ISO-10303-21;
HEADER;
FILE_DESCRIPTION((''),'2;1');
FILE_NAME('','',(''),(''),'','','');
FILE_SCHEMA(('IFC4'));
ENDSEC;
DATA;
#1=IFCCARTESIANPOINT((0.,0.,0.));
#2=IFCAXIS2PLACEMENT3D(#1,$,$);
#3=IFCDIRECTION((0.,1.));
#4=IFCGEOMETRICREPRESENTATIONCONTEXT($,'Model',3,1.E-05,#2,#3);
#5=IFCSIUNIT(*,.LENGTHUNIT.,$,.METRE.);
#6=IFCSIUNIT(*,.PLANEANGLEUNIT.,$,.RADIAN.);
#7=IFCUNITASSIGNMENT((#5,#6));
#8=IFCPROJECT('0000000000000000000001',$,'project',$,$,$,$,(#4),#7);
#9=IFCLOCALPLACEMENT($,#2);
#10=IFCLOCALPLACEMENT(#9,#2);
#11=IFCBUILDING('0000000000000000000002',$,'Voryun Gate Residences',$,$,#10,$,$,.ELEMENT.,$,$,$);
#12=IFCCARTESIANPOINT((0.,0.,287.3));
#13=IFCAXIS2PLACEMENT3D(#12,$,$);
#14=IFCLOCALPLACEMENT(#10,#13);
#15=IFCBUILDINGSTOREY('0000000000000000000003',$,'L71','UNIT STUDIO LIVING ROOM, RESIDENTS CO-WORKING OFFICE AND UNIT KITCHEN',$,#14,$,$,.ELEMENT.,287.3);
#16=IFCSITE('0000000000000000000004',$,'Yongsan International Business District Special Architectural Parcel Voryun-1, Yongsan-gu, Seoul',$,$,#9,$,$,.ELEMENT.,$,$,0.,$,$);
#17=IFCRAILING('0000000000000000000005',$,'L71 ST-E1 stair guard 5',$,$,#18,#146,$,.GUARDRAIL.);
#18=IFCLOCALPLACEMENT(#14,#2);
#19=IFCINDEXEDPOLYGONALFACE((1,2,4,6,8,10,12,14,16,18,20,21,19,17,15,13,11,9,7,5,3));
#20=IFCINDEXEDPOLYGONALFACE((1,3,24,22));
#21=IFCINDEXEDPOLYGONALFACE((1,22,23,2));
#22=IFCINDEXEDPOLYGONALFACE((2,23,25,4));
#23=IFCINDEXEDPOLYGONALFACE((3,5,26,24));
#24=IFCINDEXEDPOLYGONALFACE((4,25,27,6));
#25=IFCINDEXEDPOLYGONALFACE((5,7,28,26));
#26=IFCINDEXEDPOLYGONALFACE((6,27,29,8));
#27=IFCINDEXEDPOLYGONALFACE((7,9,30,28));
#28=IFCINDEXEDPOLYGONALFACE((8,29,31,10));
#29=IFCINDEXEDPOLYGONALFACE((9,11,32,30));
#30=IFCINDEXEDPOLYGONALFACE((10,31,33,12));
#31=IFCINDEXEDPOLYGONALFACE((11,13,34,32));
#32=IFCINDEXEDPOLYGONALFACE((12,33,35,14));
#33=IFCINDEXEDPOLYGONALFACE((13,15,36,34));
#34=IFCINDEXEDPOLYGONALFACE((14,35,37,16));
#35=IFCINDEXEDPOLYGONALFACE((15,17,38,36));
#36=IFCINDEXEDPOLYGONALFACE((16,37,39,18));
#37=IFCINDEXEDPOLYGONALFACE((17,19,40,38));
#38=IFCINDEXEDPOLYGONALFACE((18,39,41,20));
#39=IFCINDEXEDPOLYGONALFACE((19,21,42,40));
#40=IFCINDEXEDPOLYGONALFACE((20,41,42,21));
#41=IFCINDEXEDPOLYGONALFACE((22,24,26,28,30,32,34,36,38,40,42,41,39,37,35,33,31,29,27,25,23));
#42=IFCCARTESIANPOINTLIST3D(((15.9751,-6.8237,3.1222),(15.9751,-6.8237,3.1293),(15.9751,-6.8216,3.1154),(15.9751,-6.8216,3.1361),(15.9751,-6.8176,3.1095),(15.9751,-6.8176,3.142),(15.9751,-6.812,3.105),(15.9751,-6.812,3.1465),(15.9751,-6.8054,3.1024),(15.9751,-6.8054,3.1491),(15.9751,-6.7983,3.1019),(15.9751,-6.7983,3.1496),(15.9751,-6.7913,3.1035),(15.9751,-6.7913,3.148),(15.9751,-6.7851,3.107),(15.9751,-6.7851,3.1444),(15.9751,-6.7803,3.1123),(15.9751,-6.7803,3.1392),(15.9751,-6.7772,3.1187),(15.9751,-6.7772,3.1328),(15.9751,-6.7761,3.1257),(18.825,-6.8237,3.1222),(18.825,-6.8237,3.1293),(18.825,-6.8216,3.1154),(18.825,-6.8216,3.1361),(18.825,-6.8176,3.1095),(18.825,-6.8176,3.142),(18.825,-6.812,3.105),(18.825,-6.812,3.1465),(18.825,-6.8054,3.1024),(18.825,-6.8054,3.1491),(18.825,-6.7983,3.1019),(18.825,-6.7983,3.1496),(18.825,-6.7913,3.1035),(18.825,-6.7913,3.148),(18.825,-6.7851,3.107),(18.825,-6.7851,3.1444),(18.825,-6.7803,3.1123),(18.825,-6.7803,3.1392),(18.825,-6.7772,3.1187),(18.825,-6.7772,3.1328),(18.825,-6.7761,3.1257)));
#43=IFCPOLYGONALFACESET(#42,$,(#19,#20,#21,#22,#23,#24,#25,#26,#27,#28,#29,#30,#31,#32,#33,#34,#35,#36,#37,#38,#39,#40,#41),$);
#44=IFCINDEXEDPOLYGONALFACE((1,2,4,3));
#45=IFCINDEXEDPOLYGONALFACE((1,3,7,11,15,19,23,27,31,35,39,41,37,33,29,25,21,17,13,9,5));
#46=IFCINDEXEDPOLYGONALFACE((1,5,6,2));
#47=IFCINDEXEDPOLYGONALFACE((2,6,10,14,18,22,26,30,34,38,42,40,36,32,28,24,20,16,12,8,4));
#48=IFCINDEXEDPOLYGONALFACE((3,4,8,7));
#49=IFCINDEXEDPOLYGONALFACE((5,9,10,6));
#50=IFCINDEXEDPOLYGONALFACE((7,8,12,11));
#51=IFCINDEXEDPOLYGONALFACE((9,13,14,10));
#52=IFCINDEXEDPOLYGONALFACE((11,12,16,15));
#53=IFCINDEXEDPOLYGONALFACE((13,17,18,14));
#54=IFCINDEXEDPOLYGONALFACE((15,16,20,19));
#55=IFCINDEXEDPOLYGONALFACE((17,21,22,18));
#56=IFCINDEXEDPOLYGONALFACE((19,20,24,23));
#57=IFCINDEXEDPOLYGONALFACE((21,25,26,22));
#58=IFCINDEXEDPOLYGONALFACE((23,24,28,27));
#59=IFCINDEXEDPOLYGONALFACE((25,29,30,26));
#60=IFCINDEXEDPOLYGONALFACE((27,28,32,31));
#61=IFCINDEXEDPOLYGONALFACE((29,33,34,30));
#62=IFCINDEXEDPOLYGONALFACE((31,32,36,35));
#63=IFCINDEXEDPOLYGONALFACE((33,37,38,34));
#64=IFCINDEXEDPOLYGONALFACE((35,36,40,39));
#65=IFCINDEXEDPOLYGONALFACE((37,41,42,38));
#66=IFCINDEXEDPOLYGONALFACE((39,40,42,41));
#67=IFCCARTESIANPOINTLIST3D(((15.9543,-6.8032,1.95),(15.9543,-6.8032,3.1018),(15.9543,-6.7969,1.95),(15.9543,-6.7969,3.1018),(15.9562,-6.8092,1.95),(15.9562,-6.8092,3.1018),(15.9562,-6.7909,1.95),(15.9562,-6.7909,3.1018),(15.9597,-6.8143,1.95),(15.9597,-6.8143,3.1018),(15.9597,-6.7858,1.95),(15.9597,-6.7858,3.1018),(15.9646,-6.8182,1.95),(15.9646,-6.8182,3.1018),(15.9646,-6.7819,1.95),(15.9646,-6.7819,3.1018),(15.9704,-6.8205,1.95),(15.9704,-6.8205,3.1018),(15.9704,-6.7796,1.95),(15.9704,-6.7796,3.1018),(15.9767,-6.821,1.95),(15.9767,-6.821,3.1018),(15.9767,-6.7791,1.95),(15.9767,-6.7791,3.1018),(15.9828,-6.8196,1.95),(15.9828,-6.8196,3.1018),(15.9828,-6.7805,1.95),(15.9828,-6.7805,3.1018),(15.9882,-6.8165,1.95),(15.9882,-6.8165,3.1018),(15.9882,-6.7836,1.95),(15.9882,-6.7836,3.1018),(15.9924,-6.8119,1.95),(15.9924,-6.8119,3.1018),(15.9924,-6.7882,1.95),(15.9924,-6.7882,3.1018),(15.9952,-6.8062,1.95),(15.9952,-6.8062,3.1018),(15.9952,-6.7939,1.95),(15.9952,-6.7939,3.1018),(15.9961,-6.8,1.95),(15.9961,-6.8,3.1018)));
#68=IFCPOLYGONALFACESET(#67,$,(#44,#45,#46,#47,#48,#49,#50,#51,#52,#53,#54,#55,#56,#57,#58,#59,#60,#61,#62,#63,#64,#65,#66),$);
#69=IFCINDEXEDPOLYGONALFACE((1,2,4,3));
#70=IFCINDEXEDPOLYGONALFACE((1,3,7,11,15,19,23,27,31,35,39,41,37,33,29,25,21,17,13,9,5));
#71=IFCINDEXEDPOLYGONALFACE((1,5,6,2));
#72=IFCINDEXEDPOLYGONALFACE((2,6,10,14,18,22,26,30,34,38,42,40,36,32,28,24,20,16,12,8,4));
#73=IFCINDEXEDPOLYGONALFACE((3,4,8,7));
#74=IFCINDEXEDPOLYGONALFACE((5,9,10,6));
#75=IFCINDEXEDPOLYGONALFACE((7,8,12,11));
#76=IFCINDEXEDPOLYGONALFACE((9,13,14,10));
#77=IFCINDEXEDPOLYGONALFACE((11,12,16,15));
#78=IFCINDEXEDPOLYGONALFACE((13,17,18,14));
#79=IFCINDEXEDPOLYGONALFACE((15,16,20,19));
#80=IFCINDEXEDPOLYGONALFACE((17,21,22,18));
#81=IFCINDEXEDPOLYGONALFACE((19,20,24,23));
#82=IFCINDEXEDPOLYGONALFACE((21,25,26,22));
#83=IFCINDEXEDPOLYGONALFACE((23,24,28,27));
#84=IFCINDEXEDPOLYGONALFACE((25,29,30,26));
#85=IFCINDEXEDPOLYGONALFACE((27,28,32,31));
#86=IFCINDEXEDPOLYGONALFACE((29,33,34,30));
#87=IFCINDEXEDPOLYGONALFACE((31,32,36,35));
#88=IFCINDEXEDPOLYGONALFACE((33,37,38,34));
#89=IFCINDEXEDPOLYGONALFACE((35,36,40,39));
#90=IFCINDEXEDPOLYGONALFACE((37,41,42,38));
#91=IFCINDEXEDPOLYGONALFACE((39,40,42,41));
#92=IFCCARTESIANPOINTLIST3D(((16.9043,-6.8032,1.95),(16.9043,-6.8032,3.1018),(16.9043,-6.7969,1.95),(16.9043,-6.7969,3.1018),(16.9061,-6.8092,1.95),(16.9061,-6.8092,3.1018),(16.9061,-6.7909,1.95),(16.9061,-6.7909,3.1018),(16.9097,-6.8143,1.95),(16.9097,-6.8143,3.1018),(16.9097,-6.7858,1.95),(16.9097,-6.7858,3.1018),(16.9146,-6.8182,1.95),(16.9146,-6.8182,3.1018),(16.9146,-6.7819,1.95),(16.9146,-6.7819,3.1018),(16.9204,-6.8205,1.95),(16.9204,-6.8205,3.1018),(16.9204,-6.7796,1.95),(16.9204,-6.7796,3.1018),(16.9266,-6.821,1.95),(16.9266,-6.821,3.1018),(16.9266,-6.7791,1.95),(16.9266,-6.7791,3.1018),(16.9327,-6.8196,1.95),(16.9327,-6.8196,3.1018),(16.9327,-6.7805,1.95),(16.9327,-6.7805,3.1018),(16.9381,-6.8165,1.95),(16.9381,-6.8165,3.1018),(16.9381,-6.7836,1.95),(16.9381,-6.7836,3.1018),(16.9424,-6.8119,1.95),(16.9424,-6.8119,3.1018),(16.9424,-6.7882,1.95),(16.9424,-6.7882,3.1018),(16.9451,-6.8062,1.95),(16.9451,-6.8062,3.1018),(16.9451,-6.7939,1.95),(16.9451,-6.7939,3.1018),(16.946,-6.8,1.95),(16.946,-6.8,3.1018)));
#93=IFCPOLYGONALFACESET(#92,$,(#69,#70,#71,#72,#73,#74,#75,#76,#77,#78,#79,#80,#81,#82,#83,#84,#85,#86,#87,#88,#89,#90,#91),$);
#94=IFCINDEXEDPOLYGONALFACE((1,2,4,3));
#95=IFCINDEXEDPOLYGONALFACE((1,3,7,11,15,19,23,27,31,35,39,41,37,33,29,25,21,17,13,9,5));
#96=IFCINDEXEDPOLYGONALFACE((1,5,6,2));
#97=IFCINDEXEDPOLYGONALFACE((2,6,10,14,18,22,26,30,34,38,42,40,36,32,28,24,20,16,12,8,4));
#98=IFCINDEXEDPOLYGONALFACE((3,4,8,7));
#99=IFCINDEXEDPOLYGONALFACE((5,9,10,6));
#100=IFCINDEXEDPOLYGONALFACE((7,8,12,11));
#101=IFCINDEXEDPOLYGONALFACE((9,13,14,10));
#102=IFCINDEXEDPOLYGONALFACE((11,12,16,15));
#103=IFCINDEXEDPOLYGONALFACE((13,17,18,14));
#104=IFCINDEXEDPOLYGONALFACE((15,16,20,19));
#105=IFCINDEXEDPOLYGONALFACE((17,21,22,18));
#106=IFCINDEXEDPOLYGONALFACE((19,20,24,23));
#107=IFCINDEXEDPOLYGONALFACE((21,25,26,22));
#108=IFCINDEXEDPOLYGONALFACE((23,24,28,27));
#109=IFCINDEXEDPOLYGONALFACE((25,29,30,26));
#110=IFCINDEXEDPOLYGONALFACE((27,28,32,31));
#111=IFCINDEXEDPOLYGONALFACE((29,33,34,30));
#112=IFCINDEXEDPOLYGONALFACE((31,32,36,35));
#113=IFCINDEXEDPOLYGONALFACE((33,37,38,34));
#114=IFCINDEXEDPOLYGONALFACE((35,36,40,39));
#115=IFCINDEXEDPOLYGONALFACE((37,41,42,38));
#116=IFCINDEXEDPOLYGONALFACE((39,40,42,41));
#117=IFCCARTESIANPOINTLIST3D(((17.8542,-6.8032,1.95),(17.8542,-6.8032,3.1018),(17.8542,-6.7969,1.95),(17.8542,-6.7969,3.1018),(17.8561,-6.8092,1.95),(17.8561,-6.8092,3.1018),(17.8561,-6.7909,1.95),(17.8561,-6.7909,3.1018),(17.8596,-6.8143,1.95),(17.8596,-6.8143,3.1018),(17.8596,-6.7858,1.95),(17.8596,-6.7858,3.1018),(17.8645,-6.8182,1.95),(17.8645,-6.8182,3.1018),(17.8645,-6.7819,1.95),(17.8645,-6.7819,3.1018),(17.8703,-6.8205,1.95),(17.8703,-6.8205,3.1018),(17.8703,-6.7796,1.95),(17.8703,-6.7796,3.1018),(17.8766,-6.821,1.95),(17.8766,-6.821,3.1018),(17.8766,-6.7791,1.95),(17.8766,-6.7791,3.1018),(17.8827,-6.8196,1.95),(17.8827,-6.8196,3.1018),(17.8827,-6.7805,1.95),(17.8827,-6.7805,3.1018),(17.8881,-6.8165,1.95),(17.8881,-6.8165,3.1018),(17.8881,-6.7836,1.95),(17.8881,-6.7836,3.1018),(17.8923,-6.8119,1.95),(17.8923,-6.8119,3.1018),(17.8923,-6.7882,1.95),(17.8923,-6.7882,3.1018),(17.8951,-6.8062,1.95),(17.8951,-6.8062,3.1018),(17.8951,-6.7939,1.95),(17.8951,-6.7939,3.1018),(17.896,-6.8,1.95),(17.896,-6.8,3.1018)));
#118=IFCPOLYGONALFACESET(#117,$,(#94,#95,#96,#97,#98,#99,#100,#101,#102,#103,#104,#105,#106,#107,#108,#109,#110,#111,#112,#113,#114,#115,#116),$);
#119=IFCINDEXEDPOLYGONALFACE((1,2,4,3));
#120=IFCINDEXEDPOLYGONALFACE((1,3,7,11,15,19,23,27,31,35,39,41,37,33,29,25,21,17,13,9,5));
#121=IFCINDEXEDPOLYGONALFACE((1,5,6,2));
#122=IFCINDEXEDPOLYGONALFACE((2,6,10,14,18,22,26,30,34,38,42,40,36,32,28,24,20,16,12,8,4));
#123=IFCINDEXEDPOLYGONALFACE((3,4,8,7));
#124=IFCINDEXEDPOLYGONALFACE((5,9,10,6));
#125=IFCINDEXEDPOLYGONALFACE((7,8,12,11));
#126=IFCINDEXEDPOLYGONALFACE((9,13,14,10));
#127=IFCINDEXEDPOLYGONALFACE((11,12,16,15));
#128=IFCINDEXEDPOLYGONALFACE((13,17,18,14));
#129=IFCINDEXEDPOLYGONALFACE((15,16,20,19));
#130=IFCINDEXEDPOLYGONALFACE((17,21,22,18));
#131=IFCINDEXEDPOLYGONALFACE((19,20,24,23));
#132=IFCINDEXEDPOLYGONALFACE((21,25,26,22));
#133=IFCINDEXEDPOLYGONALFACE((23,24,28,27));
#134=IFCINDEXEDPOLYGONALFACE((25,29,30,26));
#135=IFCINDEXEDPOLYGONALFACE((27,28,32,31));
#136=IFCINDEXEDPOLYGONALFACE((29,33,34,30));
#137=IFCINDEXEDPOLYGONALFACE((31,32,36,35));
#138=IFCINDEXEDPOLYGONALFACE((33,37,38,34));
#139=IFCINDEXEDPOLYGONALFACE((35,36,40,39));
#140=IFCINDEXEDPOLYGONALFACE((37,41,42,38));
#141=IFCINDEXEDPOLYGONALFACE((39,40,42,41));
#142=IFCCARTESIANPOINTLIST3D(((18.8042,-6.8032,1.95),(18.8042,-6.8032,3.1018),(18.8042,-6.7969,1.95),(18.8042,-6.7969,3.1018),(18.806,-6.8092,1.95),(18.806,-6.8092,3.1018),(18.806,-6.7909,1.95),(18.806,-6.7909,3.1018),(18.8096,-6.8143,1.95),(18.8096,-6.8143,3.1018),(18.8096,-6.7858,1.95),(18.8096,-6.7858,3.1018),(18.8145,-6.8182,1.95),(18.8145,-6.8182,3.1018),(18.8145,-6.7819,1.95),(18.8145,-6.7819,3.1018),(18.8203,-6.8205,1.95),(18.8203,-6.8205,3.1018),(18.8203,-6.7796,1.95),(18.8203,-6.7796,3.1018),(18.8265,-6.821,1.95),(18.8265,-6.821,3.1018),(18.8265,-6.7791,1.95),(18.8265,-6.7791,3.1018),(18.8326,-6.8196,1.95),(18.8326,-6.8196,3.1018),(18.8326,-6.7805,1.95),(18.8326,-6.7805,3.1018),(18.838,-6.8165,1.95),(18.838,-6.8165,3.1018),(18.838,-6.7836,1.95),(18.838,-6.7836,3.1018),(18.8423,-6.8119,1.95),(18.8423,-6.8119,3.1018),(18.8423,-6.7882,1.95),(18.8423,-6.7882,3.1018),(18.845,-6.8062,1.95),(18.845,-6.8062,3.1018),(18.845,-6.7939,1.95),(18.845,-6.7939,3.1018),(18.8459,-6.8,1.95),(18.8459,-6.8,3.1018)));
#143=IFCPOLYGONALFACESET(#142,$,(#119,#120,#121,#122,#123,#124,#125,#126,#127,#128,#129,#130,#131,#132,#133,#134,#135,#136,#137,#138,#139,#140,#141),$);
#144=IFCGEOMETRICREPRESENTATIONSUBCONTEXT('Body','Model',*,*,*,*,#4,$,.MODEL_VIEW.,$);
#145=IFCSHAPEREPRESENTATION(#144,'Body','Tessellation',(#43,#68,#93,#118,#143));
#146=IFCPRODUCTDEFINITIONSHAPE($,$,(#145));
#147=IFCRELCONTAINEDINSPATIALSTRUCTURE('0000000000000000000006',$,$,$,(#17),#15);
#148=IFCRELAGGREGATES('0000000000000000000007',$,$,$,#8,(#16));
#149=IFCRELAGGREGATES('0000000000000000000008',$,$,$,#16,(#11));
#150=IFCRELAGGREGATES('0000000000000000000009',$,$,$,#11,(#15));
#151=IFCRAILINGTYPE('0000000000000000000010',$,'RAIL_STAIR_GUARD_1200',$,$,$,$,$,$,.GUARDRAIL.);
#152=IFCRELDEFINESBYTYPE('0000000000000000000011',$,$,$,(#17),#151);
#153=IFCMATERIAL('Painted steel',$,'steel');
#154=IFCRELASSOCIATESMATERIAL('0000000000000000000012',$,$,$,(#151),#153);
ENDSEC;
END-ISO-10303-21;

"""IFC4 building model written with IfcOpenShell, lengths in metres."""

from ifc_helpers import new_model, si_unit, direction, frame, origin, origin_2d, place, context, subcontext, project, spatial, circle, extrude, material, type_object, element, save


model = new_model("IFC4")

# Units and contexts
model_context = context("Model", 3, precision=1e-05, world=origin(), true_north=direction((0.0, 1.0)))
body_context = subcontext(model_context, "Body", "Model", "MODEL_VIEW")
ifc_project = project(units=[si_unit("LENGTHUNIT", "METRE"), si_unit("PLANEANGLEUNIT", "RADIAN")], contexts=[model_context])

# Site, building, storey
site_placement = place(None, origin())
site = spatial("IfcSite", under=ifc_project, at=site_placement, Name="Yongsan International Business District Special Architectural Parcel Voryun-1, Yongsan-gu, Seoul", CompositionType="ELEMENT", RefElevation=0.0)
building_placement = place(site_placement, origin())
building = spatial("IfcBuilding", under=site, at=building_placement, Name="Voryun Gate Residences", CompositionType="ELEMENT")
storey_placement = place(building_placement, frame((0.0, 0.0, 287.3)))
storey = spatial("IfcBuildingStorey", under=building, at=storey_placement, Name="L71", Description="UNIT STUDIO LIVING ROOM, RESIDENTS CO-WORKING OFFICE AND UNIT KITCHEN", CompositionType="ELEMENT", Elevation=287.3)

# Railing
ifc_material_1 = material(Name="Painted steel", Category="steel")
railing_type_1 = type_object("IfcRailingType", Name="RAIL_STAIR_GUARD_1200", PredefinedType="GUARDRAIL", material=ifc_material_1)
railing_1_placement = place(storey_placement, frame((15.9751, -6.8, 1.95)))
element("IfcRailing", 1, at=railing_1_placement, inside=storey, type_object=railing_type_1, Name="L71 ST-E1 stair guard 5", PredefinedType="GUARDRAIL", context=body_context, shape_type="SweptSolid", body=[
    extrude(circle(Radius=0.0239, at=origin_2d()), frame((0.0, 0.0, 1.1758), z_axis=(1.0, 0.0, 0.0), x_axis=(0.0, 1.0, 0.0)), (0.0, 0.0, 1.0), 2.8499),
    extrude(circle(Radius=0.021, at=origin_2d()), origin(), (0.0, 0.0, 1.0), 1.1519),
    extrude(circle(Radius=0.021, at=origin_2d()), frame((0.95, 0.0, 0.0)), (0.0, 0.0, 1.0), 1.1519),
    extrude(circle(Radius=0.021, at=origin_2d()), frame((1.8999, 0.0, 0.0)), (0.0, 0.0, 1.0), 1.1519),
    extrude(circle(Radius=0.021, at=origin_2d()), frame((2.8499, 0.0, 0.0)), (0.0, 0.0, 1.0), 1.1519),
])

save(model, "model.ifc")
